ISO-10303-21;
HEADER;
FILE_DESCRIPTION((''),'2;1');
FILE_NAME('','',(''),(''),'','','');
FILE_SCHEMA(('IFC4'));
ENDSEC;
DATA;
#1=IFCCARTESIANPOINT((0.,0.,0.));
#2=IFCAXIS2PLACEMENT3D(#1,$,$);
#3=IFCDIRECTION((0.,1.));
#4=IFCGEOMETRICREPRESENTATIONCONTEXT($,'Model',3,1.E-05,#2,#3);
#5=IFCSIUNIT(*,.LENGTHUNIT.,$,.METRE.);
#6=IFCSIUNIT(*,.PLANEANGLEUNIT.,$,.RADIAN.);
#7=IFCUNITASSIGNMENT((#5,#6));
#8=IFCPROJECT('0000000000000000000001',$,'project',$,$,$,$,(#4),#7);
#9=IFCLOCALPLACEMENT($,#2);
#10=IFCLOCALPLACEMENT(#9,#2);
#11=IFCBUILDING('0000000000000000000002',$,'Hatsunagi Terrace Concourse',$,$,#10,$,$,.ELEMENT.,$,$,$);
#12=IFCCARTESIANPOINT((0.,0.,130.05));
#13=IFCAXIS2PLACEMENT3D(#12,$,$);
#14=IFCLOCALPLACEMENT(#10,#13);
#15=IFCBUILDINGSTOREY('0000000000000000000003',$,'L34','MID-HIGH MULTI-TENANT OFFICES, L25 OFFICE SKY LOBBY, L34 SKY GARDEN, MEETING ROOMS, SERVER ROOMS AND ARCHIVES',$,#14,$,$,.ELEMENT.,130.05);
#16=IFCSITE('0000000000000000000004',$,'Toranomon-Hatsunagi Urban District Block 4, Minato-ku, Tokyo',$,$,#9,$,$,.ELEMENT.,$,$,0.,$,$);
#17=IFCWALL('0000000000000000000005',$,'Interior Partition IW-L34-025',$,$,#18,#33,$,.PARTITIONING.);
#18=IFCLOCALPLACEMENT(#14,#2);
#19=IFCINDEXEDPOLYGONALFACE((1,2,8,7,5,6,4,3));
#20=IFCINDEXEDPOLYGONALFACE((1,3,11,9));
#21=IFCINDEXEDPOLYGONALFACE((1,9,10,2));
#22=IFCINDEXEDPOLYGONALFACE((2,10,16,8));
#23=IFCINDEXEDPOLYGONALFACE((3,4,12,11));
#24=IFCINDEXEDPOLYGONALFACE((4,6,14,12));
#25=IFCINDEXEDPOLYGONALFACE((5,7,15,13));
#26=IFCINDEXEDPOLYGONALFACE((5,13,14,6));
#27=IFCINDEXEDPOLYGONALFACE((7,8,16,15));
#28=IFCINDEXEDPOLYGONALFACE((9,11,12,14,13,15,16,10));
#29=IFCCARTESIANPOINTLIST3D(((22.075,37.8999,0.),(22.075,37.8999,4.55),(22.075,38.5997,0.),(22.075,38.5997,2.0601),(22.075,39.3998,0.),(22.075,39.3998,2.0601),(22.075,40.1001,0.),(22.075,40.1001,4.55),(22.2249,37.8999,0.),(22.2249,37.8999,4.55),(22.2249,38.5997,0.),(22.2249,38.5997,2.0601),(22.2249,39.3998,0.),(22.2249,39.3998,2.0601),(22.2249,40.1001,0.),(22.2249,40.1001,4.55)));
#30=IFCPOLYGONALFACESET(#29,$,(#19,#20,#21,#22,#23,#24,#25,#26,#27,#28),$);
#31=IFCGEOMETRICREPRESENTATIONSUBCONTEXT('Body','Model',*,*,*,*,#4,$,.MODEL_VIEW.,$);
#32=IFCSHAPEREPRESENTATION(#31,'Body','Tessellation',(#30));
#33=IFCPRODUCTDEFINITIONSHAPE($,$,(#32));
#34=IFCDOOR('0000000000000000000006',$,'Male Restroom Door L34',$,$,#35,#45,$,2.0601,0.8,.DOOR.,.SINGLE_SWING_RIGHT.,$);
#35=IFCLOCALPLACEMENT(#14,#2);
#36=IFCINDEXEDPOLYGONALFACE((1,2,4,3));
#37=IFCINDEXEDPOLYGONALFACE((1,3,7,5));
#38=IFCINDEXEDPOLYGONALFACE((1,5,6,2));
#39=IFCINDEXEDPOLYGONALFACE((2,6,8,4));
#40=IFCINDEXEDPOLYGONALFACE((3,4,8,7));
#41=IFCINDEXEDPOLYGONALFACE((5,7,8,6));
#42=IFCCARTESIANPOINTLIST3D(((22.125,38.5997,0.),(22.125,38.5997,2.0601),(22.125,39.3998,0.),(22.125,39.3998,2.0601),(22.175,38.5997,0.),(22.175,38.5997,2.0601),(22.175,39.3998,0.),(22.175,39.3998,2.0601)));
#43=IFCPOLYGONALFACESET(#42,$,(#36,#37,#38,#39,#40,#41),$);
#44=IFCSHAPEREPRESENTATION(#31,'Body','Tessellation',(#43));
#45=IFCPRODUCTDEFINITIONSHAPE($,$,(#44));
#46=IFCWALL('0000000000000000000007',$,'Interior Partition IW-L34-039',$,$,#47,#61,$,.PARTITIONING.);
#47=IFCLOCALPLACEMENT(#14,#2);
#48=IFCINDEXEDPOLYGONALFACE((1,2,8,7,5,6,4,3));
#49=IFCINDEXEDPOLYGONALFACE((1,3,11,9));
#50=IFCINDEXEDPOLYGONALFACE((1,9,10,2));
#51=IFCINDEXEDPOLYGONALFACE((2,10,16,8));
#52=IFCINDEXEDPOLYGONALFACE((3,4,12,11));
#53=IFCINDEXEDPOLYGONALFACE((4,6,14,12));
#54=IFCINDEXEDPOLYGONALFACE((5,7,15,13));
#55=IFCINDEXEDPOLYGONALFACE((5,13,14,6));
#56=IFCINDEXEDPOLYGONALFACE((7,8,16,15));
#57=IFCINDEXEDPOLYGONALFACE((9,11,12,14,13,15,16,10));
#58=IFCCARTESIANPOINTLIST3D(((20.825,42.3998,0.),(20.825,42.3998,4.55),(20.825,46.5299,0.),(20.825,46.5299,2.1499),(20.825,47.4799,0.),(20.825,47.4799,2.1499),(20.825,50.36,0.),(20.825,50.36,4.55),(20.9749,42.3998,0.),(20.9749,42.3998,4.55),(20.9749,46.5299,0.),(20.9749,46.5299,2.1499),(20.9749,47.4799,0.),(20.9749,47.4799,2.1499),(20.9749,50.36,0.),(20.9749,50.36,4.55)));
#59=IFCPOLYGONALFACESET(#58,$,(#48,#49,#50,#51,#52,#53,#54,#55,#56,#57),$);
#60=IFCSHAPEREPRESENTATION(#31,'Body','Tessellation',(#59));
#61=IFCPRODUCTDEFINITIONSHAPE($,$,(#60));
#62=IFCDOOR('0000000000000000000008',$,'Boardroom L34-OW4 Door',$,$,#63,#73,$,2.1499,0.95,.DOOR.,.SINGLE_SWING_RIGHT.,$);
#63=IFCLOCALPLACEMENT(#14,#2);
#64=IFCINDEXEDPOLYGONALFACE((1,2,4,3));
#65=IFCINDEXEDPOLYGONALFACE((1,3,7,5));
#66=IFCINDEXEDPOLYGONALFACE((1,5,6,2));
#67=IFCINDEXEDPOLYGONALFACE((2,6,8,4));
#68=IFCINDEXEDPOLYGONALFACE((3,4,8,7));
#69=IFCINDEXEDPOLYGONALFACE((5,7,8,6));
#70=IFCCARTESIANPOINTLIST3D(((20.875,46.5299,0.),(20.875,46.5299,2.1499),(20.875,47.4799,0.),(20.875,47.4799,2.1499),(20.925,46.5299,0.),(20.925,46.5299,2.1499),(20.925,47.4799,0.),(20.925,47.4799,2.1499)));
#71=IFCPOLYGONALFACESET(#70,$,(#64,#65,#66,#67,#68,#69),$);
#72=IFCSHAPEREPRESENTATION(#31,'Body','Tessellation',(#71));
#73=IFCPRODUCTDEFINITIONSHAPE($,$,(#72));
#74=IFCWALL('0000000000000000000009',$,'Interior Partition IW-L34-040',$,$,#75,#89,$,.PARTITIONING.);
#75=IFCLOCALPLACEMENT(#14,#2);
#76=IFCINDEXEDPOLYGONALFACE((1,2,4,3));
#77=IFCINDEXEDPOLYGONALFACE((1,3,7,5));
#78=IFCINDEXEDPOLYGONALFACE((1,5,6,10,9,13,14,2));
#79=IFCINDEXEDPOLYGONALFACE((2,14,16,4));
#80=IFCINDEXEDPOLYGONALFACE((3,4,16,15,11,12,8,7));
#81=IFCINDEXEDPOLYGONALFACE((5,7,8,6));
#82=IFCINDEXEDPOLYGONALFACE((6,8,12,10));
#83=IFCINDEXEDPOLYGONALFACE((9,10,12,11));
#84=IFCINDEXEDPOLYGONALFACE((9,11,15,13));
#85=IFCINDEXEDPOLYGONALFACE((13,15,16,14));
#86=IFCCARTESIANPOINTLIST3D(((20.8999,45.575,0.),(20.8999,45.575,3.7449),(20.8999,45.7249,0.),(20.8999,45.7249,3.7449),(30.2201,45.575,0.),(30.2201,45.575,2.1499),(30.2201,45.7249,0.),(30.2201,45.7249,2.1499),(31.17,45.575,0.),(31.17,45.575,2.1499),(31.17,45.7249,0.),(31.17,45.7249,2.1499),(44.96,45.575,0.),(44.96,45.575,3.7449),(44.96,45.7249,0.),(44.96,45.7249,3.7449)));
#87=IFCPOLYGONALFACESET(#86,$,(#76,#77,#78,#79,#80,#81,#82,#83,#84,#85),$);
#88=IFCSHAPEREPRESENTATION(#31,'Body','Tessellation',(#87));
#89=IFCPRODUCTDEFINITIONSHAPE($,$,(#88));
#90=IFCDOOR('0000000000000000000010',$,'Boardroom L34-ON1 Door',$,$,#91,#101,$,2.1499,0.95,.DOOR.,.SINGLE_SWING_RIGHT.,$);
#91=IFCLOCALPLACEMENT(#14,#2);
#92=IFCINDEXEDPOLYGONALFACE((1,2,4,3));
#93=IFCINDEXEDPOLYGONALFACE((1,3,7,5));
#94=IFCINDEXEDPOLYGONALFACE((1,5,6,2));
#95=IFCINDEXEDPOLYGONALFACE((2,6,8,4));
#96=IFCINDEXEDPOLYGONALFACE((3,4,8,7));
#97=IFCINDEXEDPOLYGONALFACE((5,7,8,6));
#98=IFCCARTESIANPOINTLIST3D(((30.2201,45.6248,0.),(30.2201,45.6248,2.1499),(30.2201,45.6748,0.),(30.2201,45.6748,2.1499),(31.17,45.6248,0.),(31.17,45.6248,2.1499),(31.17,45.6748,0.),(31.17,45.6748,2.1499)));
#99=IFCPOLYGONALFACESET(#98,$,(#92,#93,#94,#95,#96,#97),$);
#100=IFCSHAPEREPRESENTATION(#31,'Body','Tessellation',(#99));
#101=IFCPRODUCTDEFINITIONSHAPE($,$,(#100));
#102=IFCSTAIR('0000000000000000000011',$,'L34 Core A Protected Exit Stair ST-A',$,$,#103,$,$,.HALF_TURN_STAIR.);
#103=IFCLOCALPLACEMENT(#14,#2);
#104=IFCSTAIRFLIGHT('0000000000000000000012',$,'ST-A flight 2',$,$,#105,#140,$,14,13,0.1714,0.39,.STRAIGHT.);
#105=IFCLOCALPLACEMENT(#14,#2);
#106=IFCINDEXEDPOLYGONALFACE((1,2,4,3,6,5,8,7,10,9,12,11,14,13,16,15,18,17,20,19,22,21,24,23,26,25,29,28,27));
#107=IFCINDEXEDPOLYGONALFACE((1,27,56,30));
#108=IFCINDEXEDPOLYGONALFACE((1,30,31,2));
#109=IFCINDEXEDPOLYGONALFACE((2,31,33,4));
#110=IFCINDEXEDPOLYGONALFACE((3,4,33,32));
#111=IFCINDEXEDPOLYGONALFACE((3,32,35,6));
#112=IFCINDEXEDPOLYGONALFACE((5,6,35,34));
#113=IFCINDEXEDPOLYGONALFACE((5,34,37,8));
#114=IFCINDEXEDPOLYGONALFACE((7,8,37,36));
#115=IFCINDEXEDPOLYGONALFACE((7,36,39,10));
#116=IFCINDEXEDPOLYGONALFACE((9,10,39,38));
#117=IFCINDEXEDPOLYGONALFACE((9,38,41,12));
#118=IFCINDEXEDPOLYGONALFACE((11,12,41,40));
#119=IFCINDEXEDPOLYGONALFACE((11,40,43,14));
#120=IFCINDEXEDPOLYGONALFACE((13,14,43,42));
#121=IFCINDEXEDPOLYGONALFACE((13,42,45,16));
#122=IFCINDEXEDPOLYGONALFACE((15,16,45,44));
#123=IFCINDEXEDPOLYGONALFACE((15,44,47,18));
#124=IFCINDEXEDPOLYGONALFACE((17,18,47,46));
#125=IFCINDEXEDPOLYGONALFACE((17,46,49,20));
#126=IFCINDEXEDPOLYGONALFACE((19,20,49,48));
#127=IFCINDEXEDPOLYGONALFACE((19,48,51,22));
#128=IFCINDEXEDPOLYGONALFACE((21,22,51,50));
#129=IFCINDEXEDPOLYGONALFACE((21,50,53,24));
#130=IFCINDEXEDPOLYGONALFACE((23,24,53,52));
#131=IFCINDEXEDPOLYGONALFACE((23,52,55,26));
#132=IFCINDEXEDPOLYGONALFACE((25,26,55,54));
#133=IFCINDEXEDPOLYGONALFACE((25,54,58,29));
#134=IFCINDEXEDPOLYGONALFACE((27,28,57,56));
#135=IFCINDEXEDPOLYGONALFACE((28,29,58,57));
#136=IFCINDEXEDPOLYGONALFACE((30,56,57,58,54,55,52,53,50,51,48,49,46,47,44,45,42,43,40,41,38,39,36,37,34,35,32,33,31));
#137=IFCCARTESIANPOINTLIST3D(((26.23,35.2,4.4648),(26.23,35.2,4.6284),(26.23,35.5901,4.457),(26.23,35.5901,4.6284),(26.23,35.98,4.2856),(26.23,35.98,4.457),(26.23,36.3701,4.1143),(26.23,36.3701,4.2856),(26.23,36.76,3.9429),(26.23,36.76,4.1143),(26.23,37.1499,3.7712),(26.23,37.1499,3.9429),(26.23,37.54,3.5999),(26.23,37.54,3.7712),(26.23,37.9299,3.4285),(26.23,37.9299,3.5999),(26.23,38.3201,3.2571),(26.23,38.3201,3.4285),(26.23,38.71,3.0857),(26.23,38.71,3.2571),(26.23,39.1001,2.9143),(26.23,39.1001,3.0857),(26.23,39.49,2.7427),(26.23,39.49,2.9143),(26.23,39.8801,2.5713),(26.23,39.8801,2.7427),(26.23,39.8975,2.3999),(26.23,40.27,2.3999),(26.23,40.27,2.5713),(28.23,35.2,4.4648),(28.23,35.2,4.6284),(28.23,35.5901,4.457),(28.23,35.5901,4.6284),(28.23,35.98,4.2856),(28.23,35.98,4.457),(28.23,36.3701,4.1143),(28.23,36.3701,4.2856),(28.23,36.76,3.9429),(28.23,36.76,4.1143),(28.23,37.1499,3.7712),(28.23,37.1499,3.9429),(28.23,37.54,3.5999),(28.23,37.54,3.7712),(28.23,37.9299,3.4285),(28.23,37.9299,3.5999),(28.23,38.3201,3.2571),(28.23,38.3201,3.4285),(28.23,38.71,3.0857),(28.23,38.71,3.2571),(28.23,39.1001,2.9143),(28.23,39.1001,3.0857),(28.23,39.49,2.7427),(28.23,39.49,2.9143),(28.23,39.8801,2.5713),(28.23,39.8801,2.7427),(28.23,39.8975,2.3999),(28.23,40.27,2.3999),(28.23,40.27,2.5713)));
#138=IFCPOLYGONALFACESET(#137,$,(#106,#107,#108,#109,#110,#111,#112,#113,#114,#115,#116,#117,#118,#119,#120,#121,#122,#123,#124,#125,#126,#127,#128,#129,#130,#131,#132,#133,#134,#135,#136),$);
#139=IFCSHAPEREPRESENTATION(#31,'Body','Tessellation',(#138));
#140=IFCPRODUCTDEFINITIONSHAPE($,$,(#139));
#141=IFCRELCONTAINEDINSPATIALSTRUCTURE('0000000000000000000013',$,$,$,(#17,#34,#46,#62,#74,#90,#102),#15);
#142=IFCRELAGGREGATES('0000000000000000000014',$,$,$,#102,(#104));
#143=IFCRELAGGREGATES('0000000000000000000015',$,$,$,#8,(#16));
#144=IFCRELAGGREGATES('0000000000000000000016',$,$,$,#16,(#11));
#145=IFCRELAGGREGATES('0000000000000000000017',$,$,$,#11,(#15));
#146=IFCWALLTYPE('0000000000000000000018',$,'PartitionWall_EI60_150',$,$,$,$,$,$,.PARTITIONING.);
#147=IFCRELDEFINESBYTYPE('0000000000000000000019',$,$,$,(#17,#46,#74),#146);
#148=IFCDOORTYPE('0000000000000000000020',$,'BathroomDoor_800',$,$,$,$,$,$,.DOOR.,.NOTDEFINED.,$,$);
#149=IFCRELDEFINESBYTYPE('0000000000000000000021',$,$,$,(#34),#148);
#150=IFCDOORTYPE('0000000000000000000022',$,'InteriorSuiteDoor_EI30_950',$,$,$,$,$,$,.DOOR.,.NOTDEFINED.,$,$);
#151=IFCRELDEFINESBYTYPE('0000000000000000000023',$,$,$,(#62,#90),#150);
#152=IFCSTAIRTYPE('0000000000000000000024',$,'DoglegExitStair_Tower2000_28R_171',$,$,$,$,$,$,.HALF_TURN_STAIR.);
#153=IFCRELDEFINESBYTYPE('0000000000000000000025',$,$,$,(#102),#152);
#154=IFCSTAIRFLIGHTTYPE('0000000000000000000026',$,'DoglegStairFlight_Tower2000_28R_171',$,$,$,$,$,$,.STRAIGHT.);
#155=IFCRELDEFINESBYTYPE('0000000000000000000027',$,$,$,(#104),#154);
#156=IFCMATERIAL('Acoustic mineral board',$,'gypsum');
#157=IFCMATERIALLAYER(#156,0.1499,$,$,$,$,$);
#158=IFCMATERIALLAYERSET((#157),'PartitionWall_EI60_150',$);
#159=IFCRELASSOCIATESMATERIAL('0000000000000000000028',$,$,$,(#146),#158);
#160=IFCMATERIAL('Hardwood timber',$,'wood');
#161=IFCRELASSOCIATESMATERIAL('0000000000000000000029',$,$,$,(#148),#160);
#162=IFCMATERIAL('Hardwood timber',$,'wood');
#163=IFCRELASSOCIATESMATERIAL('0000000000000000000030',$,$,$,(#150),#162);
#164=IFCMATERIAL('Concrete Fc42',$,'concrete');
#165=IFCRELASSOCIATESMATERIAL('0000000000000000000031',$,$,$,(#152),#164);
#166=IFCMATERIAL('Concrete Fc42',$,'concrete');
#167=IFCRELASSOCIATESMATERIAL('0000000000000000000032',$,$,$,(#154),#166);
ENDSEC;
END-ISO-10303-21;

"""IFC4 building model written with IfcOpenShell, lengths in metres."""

from ifc_helpers import new_model, si_unit, direction, frame, frame_2d, origin, place, context, subcontext, project, spatial, polyline, rectangle, outline, extrude, material, layer, layer_set, type_object, element, fill, aggregate, save


model = new_model("IFC4")

# Units and contexts
model_context = context("Model", 3, precision=1e-05, world=origin(), true_north=direction((0.0, 1.0)))
body_context = subcontext(model_context, "Body", "Model", "MODEL_VIEW")
ifc_project = project(units=[si_unit("LENGTHUNIT", "METRE"), si_unit("PLANEANGLEUNIT", "RADIAN")], contexts=[model_context])

# Site, building, storey
site_placement = place(None, origin())
site = spatial("IfcSite", under=ifc_project, at=site_placement, Name="Toranomon-Hatsunagi Urban District Block 4, Minato-ku, Tokyo", CompositionType="ELEMENT", RefElevation=0.0)
building_placement = place(site_placement, origin())
building = spatial("IfcBuilding", under=site, at=building_placement, Name="Hatsunagi Terrace Concourse", CompositionType="ELEMENT")
storey_placement = place(building_placement, frame((0.0, 0.0, 130.05)))
storey = spatial("IfcBuildingStorey", under=building, at=storey_placement, Name="L34", Description="MID-HIGH MULTI-TENANT OFFICES, L25 OFFICE SKY LOBBY, L34 SKY GARDEN, MEETING ROOMS, SERVER ROOMS AND ARCHIVES", CompositionType="ELEMENT", Elevation=130.05)

# Shared definitions
ifc_material_1 = material(Name="Acoustic mineral board", Category="gypsum")
ifc_layer_1 = layer(ifc_material_1, 0.1499)
ifc_layer_set_1 = layer_set([ifc_layer_1], Name="PartitionWall_EI60_150")
wall_type_1 = type_object("IfcWallType", Name="PartitionWall_EI60_150", PredefinedType="PARTITIONING", material=ifc_layer_set_1)

# Walls, openings, doors
wall_1_placement = place(storey_placement, frame((22.1499, 37.8999, 0.0), z_axis=(0.0, 0.0, 1.0), x_axis=(0.0, 1.0, 0.0)))
wall_1 = element("IfcWall", 1, at=wall_1_placement, inside=storey, type_object=wall_type_1, Name="Interior Partition IW-L34-025", PredefinedType="PARTITIONING", context=body_context, shape_type="SweptSolid", body=[
    extrude(rectangle(XDim=2.2002, YDim=0.1499, at=frame_2d((1.1001, 0.0))), origin(), (0.0, 0.0, 1.0), 4.55),
])
opening_1_placement = place(wall_1_placement, frame((0.7, 0.0, 0.0)))
opening_1 = element("IfcOpeningElement", 2, at=opening_1_placement, cuts=wall_1, PredefinedType="OPENING", context=body_context, shape_type="SweptSolid", body=[
    extrude(rectangle(XDim=0.8, YDim=2.0601, at=frame_2d((0.3999, 1.03))), frame((0.0, 0.085, 0.0), z_axis=(0.0, -1.0, 0.0), x_axis=(1.0, 0.0, 0.0)), (0.0, 0.0, 1.0), 0.1699),
])
ifc_material_2 = material(Name="Hardwood timber", Category="wood")
door_type_1 = type_object("IfcDoorType", Name="BathroomDoor_800", OperationType="NOTDEFINED", PredefinedType="DOOR", material=ifc_material_2)
door_1_placement = place(opening_1_placement, origin())
door_1 = element("IfcDoor", 3, at=door_1_placement, inside=storey, type_object=door_type_1, Name="Male Restroom Door L34", OperationType="SINGLE_SWING_RIGHT", OverallHeight=2.0601, OverallWidth=0.8, PredefinedType="DOOR", context=body_context, shape_type="SweptSolid", body=[
    extrude(rectangle(XDim=0.8, YDim=2.0601, at=frame_2d((0.3999, 1.03))), frame((0.0, 0.0249, 0.0), z_axis=(0.0, -1.0, 0.0), x_axis=(1.0, 0.0, 0.0)), (0.0, 0.0, 1.0), 0.05),
])
fill(opening_1, door_1)
wall_2_placement = place(storey_placement, frame((20.8999, 42.3999, 0.0), z_axis=(0.0, 0.0, 1.0), x_axis=(0.0, 1.0, 0.0)))
wall_2 = element("IfcWall", 4, at=wall_2_placement, inside=storey, type_object=wall_type_1, Name="Interior Partition IW-L34-039", PredefinedType="PARTITIONING", context=body_context, shape_type="SweptSolid", body=[
    extrude(rectangle(XDim=7.9602, YDim=0.1499, at=frame_2d((3.98, 0.0))), origin(), (0.0, 0.0, 1.0), 4.55),
])
opening_2_placement = place(wall_2_placement, frame((4.1299, 0.0, 0.0)))
opening_2 = element("IfcOpeningElement", 5, at=opening_2_placement, cuts=wall_2, PredefinedType="OPENING", context=body_context, shape_type="SweptSolid", body=[
    extrude(rectangle(XDim=0.95, YDim=2.1499, at=frame_2d((0.4751, 1.075))), frame((0.0, 0.085, 0.0), z_axis=(0.0, -1.0, 0.0), x_axis=(1.0, 0.0, 0.0)), (0.0, 0.0, 1.0), 0.1699),
])
ifc_material_3 = material(Name="Hardwood timber", Category="wood")
door_type_2 = type_object("IfcDoorType", Name="InteriorSuiteDoor_EI30_950", OperationType="NOTDEFINED", PredefinedType="DOOR", material=ifc_material_3)
door_2_placement = place(opening_2_placement, origin())
door_2 = element("IfcDoor", 6, at=door_2_placement, inside=storey, type_object=door_type_2, Name="Boardroom L34-OW4 Door", OperationType="SINGLE_SWING_RIGHT", OverallHeight=2.1499, OverallWidth=0.95, PredefinedType="DOOR", context=body_context, shape_type="SweptSolid", body=[
    extrude(rectangle(XDim=0.95, YDim=2.1499, at=frame_2d((0.4751, 1.075))), frame((0.0, 0.0249, 0.0), z_axis=(0.0, -1.0, 0.0), x_axis=(1.0, 0.0, 0.0)), (0.0, 0.0, 1.0), 0.05),
])
fill(opening_2, door_2)
wall_3_placement = place(storey_placement, frame((20.8999, 45.6499, 0.0), z_axis=(0.0, 0.0, 1.0), x_axis=(1.0, 0.0, 0.0)))
wall_3 = element("IfcWall", 7, at=wall_3_placement, inside=storey, type_object=wall_type_1, Name="Interior Partition IW-L34-040", PredefinedType="PARTITIONING", context=body_context, shape_type="SweptSolid", body=[
    extrude(rectangle(XDim=24.0601, YDim=0.1499, at=frame_2d((12.03, 0.0))), origin(), (0.0, 0.0, 1.0), 3.7449),
])
opening_3_placement = place(wall_3_placement, frame((9.3201, 0.0, 0.0)))
opening_3 = element("IfcOpeningElement", 8, at=opening_3_placement, cuts=wall_3, PredefinedType="OPENING", context=body_context, shape_type="SweptSolid", body=[
    extrude(rectangle(XDim=0.95, YDim=2.1499, at=frame_2d((0.4751, 1.075))), frame((0.0, 0.085, 0.0), z_axis=(0.0, -1.0, 0.0), x_axis=(1.0, 0.0, 0.0)), (0.0, 0.0, 1.0), 0.1699),
])
door_3_placement = place(opening_3_placement, origin())
door_3 = element("IfcDoor", 9, at=door_3_placement, inside=storey, type_object=door_type_2, Name="Boardroom L34-ON1 Door", OperationType="SINGLE_SWING_RIGHT", OverallHeight=2.1499, OverallWidth=0.95, PredefinedType="DOOR", context=body_context, shape_type="SweptSolid", body=[
    extrude(rectangle(XDim=0.95, YDim=2.1499, at=frame_2d((0.4751, 1.075))), frame((0.0, 0.0249, 0.0), z_axis=(0.0, -1.0, 0.0), x_axis=(1.0, 0.0, 0.0)), (0.0, 0.0, 1.0), 0.05),
])
fill(opening_3, door_3)

# Stair, stair flight
ifc_material_4 = material(Name="Concrete Fc42", Category="concrete")
stair_type = type_object("IfcStairType", Name="DoglegExitStair_Tower2000_28R_171", PredefinedType="HALF_TURN_STAIR", material=ifc_material_4)
stair_placement = place(storey_placement, origin())
stair = element("IfcStair", 10, at=stair_placement, inside=storey, type_object=stair_type, Name="L34 Core A Protected Exit Stair ST-A", PredefinedType="HALF_TURN_STAIR")
ifc_material_5 = material(Name="Concrete Fc42", Category="concrete")
stair_flight_type = type_object("IfcStairFlightType", Name="DoglegStairFlight_Tower2000_28R_171", PredefinedType="STRAIGHT", material=ifc_material_5)
stair_flight_placement = place(storey_placement, frame((27.23, 40.27, 2.3999), z_axis=(0.0, 0.0, 1.0), x_axis=(0.0, -1.0, 0.0)))
stair_flight = element("IfcStairFlight", 11, at=stair_flight_placement, type_object=stair_flight_type, Name="ST-A flight 2", NumberOfRisers=14, NumberOfTreads=13, PredefinedType="STRAIGHT", RiserHeight=0.1714, TreadLength=0.39, context=body_context, shape_type="SweptSolid", body=[
    extrude(outline(polyline([(0.0, 0.0), (0.0, 0.1714), (0.3899, 0.1714), (0.3899, 0.3428), (0.78, 0.3428), (0.78, 0.5144), (1.1699, 0.5144), (1.1699, 0.6858), (1.5601, 0.6858), (1.5601, 0.8572), (1.95, 0.8572), (1.95, 1.0286), (2.3401, 1.0286), (2.3401, 1.2), (2.73, 1.2), (2.73, 1.3713), (3.1201, 1.3713), (3.1201, 1.543), (3.51, 1.543), (3.51, 1.7144), (3.8999, 1.7144), (3.8999, 1.8857), (4.29, 1.8857), (4.29, 2.0571), (4.6799, 2.0571), (4.6799, 2.2285), (5.0701, 2.2285), (5.0701, 2.3999), (5.0701, 2.0649), (0.3726, 0.0), (0.0, 0.0)])), frame((0.0, 1.0, 0.0), z_axis=(0.0, -1.0, 0.0), x_axis=(1.0, 0.0, 0.0)), (0.0, 0.0, 1.0), 2.0),
])
aggregate(stair, [stair_flight])

save(model, "model.ifc")
